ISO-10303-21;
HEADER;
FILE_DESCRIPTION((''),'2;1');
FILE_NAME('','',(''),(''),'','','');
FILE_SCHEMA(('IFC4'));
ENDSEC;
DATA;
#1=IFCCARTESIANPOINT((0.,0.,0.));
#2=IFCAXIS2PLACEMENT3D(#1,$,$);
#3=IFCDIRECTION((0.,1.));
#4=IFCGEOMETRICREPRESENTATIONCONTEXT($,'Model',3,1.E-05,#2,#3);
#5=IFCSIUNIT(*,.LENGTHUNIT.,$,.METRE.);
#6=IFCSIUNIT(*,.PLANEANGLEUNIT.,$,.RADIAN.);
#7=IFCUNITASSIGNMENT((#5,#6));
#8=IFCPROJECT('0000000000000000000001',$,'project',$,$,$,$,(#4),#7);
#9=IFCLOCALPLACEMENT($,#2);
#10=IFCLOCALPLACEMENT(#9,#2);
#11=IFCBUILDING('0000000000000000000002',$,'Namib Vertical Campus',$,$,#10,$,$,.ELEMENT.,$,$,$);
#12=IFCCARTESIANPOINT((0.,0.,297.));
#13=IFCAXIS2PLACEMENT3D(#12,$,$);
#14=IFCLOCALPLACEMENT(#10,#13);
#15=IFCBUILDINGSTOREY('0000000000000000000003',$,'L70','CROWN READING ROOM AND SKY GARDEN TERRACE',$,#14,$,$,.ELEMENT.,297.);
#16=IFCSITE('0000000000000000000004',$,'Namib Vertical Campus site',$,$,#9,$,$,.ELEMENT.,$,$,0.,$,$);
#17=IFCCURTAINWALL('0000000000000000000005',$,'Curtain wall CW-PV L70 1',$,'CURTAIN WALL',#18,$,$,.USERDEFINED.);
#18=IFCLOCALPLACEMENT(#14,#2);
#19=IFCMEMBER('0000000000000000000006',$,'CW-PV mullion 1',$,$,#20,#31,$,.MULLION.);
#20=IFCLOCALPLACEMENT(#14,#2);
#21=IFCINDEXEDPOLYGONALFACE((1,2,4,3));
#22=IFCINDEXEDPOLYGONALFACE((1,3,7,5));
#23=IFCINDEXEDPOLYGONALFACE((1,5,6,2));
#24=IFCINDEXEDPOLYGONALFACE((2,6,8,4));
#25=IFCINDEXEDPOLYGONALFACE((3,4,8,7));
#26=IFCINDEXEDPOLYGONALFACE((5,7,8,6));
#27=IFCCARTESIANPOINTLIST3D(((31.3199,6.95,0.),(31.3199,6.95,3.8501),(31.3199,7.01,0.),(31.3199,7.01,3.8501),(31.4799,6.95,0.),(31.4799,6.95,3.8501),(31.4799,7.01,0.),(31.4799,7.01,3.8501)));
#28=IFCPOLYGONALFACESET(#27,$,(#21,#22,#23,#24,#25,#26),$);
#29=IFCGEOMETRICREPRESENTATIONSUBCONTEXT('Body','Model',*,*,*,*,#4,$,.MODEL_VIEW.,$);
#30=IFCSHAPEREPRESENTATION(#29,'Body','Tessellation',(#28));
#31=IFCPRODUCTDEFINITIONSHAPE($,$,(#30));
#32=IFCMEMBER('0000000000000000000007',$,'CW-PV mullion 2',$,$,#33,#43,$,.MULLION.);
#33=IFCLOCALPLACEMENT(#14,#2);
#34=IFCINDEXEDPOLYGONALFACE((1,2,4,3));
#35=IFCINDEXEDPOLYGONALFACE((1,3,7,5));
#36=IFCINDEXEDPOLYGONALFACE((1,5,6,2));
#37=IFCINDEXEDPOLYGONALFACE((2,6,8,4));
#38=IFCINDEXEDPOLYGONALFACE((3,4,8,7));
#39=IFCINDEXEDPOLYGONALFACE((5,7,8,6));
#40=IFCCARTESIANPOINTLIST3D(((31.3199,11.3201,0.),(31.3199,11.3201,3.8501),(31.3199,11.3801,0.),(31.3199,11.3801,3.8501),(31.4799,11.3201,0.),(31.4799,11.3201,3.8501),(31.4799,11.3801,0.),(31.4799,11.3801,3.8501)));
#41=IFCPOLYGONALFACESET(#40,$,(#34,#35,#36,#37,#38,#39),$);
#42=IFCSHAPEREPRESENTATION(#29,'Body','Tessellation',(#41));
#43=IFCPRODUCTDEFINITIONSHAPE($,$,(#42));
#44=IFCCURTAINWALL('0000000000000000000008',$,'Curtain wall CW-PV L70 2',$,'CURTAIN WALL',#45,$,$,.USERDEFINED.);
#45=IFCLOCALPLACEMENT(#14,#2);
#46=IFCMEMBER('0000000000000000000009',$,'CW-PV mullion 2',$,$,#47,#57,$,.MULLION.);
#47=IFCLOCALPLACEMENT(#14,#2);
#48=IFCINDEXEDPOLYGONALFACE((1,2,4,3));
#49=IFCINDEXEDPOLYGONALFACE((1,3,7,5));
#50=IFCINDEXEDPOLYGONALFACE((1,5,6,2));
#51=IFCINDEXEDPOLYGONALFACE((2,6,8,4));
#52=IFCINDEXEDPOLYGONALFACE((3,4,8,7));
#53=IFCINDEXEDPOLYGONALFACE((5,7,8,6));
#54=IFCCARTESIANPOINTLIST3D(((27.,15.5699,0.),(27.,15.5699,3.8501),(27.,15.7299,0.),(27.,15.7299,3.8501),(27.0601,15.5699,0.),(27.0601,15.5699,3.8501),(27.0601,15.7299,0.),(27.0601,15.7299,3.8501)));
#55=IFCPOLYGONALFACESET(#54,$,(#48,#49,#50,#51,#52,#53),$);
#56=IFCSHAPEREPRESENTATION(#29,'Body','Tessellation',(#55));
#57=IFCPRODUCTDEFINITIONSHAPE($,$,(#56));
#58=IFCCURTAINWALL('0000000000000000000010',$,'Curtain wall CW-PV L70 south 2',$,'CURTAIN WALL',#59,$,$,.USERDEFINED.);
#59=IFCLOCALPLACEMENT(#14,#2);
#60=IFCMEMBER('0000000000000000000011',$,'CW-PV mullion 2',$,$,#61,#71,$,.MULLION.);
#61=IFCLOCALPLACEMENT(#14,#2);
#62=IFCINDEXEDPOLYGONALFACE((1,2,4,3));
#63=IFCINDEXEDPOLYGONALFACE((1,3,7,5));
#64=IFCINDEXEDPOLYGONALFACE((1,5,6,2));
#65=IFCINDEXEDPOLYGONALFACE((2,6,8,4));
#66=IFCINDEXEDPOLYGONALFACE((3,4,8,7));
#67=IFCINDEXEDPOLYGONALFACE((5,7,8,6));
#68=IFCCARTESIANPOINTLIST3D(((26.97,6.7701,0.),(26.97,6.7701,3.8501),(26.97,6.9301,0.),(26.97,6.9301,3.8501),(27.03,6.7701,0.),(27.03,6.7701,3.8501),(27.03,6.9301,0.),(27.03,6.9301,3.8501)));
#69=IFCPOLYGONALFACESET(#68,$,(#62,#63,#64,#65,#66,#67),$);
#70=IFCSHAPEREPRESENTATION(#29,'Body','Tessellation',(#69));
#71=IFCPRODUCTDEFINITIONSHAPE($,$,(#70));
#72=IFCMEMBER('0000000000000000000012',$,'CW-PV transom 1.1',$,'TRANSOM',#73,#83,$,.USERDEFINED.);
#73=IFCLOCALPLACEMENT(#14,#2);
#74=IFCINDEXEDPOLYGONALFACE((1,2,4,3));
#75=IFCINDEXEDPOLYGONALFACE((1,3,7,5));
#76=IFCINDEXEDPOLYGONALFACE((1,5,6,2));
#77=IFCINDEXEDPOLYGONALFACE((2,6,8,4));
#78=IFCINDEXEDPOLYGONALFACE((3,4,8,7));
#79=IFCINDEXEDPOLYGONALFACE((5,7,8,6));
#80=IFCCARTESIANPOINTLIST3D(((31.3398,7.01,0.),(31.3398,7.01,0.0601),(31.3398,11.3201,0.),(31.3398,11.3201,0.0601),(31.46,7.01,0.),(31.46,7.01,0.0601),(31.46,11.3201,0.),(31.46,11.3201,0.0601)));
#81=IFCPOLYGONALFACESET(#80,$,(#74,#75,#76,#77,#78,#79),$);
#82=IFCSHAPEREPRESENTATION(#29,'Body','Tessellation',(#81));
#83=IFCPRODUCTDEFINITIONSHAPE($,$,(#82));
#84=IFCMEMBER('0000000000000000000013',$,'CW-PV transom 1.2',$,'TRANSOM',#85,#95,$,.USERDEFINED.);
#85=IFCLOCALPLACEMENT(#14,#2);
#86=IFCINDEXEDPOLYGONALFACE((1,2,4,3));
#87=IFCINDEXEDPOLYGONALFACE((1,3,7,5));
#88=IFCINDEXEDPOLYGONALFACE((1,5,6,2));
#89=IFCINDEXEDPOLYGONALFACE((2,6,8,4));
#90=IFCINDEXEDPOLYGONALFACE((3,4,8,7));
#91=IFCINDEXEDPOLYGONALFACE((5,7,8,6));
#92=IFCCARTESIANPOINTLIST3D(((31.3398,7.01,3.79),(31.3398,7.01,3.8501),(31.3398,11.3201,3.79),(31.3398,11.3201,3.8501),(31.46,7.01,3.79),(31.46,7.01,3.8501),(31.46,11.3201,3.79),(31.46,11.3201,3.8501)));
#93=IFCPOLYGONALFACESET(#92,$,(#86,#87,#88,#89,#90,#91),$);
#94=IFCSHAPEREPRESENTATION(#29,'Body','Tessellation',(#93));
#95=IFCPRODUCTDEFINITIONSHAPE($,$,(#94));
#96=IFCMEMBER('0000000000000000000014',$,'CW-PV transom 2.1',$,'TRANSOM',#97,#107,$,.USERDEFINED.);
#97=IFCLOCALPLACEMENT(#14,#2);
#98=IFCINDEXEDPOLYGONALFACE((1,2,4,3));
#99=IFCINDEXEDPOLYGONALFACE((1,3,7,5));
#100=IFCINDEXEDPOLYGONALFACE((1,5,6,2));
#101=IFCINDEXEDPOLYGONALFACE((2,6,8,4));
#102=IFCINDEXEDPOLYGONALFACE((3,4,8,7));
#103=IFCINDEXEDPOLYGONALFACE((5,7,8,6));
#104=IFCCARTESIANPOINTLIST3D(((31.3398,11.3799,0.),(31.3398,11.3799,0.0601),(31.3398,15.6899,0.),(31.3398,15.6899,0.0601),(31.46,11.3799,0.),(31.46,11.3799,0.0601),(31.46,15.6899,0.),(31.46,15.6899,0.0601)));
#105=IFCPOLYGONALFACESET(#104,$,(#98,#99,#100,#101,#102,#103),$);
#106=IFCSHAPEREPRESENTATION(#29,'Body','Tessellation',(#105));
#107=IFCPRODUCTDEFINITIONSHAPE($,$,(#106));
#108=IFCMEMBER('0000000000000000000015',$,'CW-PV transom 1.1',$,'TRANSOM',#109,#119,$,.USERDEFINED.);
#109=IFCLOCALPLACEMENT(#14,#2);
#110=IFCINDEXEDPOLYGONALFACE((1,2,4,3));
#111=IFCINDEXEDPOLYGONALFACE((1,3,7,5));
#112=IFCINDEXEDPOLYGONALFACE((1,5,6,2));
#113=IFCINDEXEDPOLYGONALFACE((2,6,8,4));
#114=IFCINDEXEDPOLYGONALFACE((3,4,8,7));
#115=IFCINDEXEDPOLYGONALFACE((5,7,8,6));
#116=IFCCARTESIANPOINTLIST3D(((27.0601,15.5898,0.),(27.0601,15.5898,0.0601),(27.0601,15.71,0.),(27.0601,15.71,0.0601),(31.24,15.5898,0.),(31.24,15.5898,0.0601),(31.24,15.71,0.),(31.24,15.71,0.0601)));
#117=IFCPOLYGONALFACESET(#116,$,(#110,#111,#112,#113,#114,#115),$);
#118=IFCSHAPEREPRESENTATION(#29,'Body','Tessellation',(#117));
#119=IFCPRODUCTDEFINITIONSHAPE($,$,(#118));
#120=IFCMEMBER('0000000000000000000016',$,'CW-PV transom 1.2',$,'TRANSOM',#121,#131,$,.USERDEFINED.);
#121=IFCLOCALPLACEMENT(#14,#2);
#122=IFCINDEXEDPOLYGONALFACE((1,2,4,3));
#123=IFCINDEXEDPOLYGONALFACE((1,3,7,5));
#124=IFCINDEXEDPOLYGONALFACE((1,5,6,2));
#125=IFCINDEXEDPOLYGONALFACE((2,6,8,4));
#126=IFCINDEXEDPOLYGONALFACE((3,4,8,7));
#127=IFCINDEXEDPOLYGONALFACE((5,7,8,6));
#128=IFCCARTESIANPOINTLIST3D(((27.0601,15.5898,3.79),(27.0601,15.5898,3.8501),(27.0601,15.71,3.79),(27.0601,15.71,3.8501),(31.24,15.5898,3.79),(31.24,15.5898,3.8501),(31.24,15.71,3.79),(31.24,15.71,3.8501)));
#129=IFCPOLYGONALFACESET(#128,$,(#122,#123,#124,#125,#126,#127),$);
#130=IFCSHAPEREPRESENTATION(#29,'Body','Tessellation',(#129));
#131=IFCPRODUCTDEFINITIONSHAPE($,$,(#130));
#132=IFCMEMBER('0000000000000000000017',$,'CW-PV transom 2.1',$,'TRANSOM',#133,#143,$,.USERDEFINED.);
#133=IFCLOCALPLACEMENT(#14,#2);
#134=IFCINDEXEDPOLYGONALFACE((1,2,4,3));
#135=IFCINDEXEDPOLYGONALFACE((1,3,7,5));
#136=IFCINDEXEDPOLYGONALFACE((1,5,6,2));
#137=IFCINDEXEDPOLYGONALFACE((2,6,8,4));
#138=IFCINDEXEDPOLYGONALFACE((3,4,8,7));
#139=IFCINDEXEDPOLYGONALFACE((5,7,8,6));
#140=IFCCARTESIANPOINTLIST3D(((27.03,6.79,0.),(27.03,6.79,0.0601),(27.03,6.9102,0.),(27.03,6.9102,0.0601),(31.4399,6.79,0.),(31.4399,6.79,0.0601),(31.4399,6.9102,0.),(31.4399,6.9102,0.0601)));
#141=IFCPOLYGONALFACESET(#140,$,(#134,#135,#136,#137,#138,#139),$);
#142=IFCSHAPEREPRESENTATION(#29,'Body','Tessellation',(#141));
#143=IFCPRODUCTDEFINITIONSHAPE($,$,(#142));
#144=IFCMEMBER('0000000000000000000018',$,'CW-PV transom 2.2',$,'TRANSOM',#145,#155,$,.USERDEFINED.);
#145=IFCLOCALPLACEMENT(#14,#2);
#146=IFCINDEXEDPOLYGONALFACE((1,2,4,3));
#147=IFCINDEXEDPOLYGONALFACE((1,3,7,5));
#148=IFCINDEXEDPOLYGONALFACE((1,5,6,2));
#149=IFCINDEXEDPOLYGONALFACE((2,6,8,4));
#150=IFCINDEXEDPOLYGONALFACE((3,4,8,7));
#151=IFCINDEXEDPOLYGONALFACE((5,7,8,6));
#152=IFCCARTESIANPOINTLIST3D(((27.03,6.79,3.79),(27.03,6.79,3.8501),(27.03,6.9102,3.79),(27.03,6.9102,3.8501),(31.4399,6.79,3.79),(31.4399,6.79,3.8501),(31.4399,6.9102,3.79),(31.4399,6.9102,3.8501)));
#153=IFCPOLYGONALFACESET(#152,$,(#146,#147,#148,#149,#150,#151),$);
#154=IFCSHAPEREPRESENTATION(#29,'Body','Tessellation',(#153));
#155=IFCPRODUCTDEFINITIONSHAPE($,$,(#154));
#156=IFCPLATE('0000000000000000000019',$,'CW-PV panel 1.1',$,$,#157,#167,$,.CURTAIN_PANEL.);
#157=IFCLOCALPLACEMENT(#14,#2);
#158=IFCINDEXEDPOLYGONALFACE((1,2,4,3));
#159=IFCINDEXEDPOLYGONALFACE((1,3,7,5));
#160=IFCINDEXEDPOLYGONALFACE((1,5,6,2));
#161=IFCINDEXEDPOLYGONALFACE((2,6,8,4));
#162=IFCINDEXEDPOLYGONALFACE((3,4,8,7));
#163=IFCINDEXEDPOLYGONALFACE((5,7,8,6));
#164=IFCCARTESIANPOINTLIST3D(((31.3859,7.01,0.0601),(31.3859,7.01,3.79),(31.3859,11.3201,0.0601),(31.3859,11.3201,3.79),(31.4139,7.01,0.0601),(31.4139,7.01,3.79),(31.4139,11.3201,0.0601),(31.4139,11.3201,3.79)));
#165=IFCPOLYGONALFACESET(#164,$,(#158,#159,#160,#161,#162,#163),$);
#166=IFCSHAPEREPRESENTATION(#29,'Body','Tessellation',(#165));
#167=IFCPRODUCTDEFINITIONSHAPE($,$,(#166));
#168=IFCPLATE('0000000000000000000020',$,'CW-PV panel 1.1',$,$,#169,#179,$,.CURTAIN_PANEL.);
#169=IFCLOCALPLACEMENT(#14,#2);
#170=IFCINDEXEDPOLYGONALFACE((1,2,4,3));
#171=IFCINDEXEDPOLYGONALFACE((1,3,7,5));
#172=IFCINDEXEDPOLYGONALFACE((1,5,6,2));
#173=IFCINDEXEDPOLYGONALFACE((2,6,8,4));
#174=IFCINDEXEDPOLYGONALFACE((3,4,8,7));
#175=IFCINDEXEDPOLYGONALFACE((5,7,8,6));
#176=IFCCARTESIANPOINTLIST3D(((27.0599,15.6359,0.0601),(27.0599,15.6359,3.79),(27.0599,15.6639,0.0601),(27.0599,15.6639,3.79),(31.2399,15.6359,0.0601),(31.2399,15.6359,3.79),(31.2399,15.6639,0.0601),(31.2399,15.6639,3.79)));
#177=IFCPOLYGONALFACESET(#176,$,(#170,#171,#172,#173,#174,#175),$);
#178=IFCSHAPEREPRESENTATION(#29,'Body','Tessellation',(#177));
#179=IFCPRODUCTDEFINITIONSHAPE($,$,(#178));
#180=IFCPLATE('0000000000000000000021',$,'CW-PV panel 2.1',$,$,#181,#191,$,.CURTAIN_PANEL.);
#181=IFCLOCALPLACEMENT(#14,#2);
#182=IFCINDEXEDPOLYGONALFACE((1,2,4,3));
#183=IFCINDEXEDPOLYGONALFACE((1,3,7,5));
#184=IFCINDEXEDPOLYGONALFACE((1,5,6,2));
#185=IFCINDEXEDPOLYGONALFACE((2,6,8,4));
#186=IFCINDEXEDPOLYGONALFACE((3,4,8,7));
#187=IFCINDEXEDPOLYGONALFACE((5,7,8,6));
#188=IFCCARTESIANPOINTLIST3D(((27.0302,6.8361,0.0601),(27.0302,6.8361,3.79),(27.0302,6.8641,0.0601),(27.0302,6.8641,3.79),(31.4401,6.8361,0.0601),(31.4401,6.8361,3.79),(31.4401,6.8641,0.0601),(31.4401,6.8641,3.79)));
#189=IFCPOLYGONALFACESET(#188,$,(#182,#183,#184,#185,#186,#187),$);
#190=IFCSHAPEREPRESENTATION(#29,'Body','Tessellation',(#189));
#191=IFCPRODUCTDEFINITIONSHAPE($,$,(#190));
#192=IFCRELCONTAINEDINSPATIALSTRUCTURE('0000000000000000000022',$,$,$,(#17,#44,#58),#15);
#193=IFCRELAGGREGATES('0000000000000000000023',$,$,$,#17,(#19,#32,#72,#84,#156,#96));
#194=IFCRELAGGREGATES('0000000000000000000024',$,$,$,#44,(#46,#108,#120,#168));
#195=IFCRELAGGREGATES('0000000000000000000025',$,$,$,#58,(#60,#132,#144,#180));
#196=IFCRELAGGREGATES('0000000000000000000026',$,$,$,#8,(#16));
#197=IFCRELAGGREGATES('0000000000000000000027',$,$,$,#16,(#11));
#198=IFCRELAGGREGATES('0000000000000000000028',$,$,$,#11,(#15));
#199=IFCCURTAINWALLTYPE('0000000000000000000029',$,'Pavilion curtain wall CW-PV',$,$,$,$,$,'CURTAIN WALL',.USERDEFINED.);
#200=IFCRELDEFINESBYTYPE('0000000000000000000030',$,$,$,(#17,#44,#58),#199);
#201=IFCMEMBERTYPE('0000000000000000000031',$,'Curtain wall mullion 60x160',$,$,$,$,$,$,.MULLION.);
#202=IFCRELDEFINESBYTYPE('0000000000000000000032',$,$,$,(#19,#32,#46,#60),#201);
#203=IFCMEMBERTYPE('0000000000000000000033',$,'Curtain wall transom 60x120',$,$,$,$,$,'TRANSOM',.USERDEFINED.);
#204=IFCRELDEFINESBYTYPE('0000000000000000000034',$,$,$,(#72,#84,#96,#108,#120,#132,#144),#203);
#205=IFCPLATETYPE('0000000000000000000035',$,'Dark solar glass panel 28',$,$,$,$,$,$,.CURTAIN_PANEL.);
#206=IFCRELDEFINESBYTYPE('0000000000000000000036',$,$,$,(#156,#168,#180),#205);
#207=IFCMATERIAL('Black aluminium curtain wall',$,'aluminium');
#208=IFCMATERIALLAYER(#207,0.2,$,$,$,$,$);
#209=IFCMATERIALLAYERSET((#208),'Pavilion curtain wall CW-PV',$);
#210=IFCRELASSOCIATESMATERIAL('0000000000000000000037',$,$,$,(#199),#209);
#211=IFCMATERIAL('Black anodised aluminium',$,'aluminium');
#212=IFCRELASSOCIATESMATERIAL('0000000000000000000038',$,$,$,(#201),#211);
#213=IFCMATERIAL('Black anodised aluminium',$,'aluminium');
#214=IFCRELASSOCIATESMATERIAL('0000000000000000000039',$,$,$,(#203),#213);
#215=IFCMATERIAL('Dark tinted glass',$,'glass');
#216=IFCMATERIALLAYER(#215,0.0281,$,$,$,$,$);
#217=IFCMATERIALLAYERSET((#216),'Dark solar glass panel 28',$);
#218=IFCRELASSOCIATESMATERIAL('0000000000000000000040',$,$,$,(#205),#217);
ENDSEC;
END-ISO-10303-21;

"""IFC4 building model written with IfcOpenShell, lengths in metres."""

from ifc_helpers import new_model, si_unit, direction, frame, origin, origin_2d, place, context, subcontext, project, spatial, rectangle, extrude, material, layer, layer_set, material_profile, profile_set, type_object, element, aggregate, save


model = new_model("IFC4")

# Units and contexts
model_context = context("Model", 3, precision=1e-05, world=origin(), true_north=direction((0.0, 1.0)))
body_context = subcontext(model_context, "Body", "Model", "MODEL_VIEW")
ifc_project = project(units=[si_unit("LENGTHUNIT", "METRE"), si_unit("PLANEANGLEUNIT", "RADIAN")], contexts=[model_context])

# Site, building, storey
site_placement = place(None, origin())
site = spatial("IfcSite", under=ifc_project, at=site_placement, Name="Namib Vertical Campus site", CompositionType="ELEMENT", RefElevation=0.0)
building_placement = place(site_placement, origin())
building = spatial("IfcBuilding", under=site, at=building_placement, Name="Namib Vertical Campus", CompositionType="ELEMENT")
storey_placement = place(building_placement, frame((0.0, 0.0, 297.0)))
storey = spatial("IfcBuildingStorey", under=building, at=storey_placement, Name="L70", Description="CROWN READING ROOM AND SKY GARDEN TERRACE", CompositionType="ELEMENT", Elevation=297.0)

# Curtain wall, members
ifc_material_1 = material(Name="Black aluminium curtain wall", Category="aluminium")
ifc_layer_1 = layer(ifc_material_1, 0.2)
ifc_layer_set_1 = layer_set([ifc_layer_1], Name="Pavilion curtain wall CW-PV")
curtain_wall_type = type_object("IfcCurtainWallType", Name="Pavilion curtain wall CW-PV", ElementType="CURTAIN WALL", PredefinedType="USERDEFINED", material=ifc_layer_set_1)
curtain_wall_1_placement = place(storey_placement, origin())
curtain_wall_1 = element("IfcCurtainWall", 1, at=curtain_wall_1_placement, inside=storey, type_object=curtain_wall_type, Name="Curtain wall CW-PV L70 1", ObjectType="CURTAIN WALL", PredefinedType="USERDEFINED")
ifc_material_2 = material(Name="Black anodised aluminium", Category="aluminium")
ifc_material_profile_1 = material_profile(ifc_material_2, rectangle(XDim=0.0601, YDim=0.1599, at=origin_2d()))
ifc_profile_set_1 = profile_set([ifc_material_profile_1], Name="Black anodised aluminium")
member_type_1 = type_object("IfcMemberType", Name="Curtain wall mullion 60x160", PredefinedType="MULLION", material=ifc_profile_set_1)
member_1_placement = place(storey_placement, frame((31.3999, 6.98, 0.0), z_axis=(0.0, 0.0, 1.0), x_axis=(0.0, 1.0, 0.0)))
member_1 = element("IfcMember", 2, at=member_1_placement, type_object=member_type_1, Name="CW-PV mullion 1", PredefinedType="MULLION", context=body_context, shape_type="SweptSolid", body=[
    extrude(rectangle(XDim=0.0601, YDim=0.1599, at=origin_2d()), origin(), (0.0, 0.0, 1.0), 3.8501),
])
member_2_placement = place(storey_placement, frame((31.3999, 11.3501, 0.0), z_axis=(0.0, 0.0, 1.0), x_axis=(0.0, 1.0, 0.0)))
member_2 = element("IfcMember", 3, at=member_2_placement, type_object=member_type_1, Name="CW-PV mullion 2", PredefinedType="MULLION", context=body_context, shape_type="SweptSolid", body=[
    extrude(rectangle(XDim=0.0601, YDim=0.1599, at=origin_2d()), origin(), (0.0, 0.0, 1.0), 3.8501),
])

# Curtain walls, members
curtain_wall_2_placement = place(storey_placement, origin())
curtain_wall_2 = element("IfcCurtainWall", 4, at=curtain_wall_2_placement, inside=storey, type_object=curtain_wall_type, Name="Curtain wall CW-PV L70 2", ObjectType="CURTAIN WALL", PredefinedType="USERDEFINED")
member_3_placement = place(storey_placement, frame((27.03, 15.6499, 0.0), z_axis=(0.0, 0.0, 1.0), x_axis=(-1.0, 0.0, 0.0)))
member_3 = element("IfcMember", 5, at=member_3_placement, type_object=member_type_1, Name="CW-PV mullion 2", PredefinedType="MULLION", context=body_context, shape_type="SweptSolid", body=[
    extrude(rectangle(XDim=0.0601, YDim=0.1599, at=origin_2d()), origin(), (0.0, 0.0, 1.0), 3.8501),
])
curtain_wall_3_placement = place(storey_placement, origin())
curtain_wall_3 = element("IfcCurtainWall", 6, at=curtain_wall_3_placement, inside=storey, type_object=curtain_wall_type, Name="Curtain wall CW-PV L70 south 2", ObjectType="CURTAIN WALL", PredefinedType="USERDEFINED")
member_4_placement = place(storey_placement, frame((27.0, 6.8501, 0.0), z_axis=(0.0, 0.0, 1.0), x_axis=(1.0, 0.0, 0.0)))
member_4 = element("IfcMember", 7, at=member_4_placement, type_object=member_type_1, Name="CW-PV mullion 2", PredefinedType="MULLION", context=body_context, shape_type="SweptSolid", body=[
    extrude(rectangle(XDim=0.0601, YDim=0.1599, at=origin_2d()), origin(), (0.0, 0.0, 1.0), 3.8501),
])

# Members
ifc_material_3 = material(Name="Black anodised aluminium", Category="aluminium")
ifc_material_profile_2 = material_profile(ifc_material_3, rectangle(XDim=0.0601, YDim=0.1201, at=origin_2d()))
ifc_profile_set_2 = profile_set([ifc_material_profile_2], Name="Black anodised aluminium")
member_type_2 = type_object("IfcMemberType", Name="Curtain wall transom 60x120", ElementType="TRANSOM", PredefinedType="USERDEFINED", material=ifc_profile_set_2)
member_5_placement = place(storey_placement, frame((31.3999, 7.01, 0.03), z_axis=(0.0, 1.0, 0.0), x_axis=(0.0, 0.0, 1.0)))
member_5 = element("IfcMember", 8, at=member_5_placement, type_object=member_type_2, Name="CW-PV transom 1.1", ObjectType="TRANSOM", PredefinedType="USERDEFINED", context=body_context, shape_type="SweptSolid", body=[
    extrude(rectangle(XDim=0.0601, YDim=0.1201, at=origin_2d()), origin(), (0.0, 0.0, 1.0), 4.3101),
])
member_6_placement = place(storey_placement, frame((31.3999, 7.01, 3.8201), z_axis=(0.0, 1.0, 0.0), x_axis=(0.0, 0.0, 1.0)))
member_6 = element("IfcMember", 9, at=member_6_placement, type_object=member_type_2, Name="CW-PV transom 1.2", ObjectType="TRANSOM", PredefinedType="USERDEFINED", context=body_context, shape_type="SweptSolid", body=[
    extrude(rectangle(XDim=0.0601, YDim=0.1201, at=origin_2d()), origin(), (0.0, 0.0, 1.0), 4.3101),
])
member_7_placement = place(storey_placement, frame((31.3999, 11.3799, 0.03), z_axis=(0.0, 1.0, 0.0), x_axis=(0.0, 0.0, 1.0)))
member_7 = element("IfcMember", 10, at=member_7_placement, type_object=member_type_2, Name="CW-PV transom 2.1", ObjectType="TRANSOM", PredefinedType="USERDEFINED", context=body_context, shape_type="SweptSolid", body=[
    extrude(rectangle(XDim=0.0601, YDim=0.1201, at=origin_2d()), origin(), (0.0, 0.0, 1.0), 4.3101),
])
member_8_placement = place(storey_placement, frame((31.24, 15.6499, 0.03), z_axis=(-1.0, 0.0, 0.0), x_axis=(0.0, 0.0, 1.0)))
member_8 = element("IfcMember", 11, at=member_8_placement, type_object=member_type_2, Name="CW-PV transom 1.1", ObjectType="TRANSOM", PredefinedType="USERDEFINED", context=body_context, shape_type="SweptSolid", body=[
    extrude(rectangle(XDim=0.0601, YDim=0.1201, at=origin_2d()), origin(), (0.0, 0.0, 1.0), 4.1799),
])
member_9_placement = place(storey_placement, frame((31.24, 15.6499, 3.8201), z_axis=(-1.0, 0.0, 0.0), x_axis=(0.0, 0.0, 1.0)))
member_9 = element("IfcMember", 12, at=member_9_placement, type_object=member_type_2, Name="CW-PV transom 1.2", ObjectType="TRANSOM", PredefinedType="USERDEFINED", context=body_context, shape_type="SweptSolid", body=[
    extrude(rectangle(XDim=0.0601, YDim=0.1201, at=origin_2d()), origin(), (0.0, 0.0, 1.0), 4.1799),
])
member_10_placement = place(storey_placement, frame((27.03, 6.8501, 0.03), z_axis=(1.0, 0.0, 0.0), x_axis=(0.0, 0.0, 1.0)))
member_10 = element("IfcMember", 13, at=member_10_placement, type_object=member_type_2, Name="CW-PV transom 2.1", ObjectType="TRANSOM", PredefinedType="USERDEFINED", context=body_context, shape_type="SweptSolid", body=[
    extrude(rectangle(XDim=0.0601, YDim=0.1201, at=origin_2d()), origin(), (0.0, 0.0, 1.0), 4.4099),
])
member_11_placement = place(storey_placement, frame((27.03, 6.8501, 3.8201), z_axis=(1.0, 0.0, 0.0), x_axis=(0.0, 0.0, 1.0)))
member_11 = element("IfcMember", 14, at=member_11_placement, type_object=member_type_2, Name="CW-PV transom 2.2", ObjectType="TRANSOM", PredefinedType="USERDEFINED", context=body_context, shape_type="SweptSolid", body=[
    extrude(rectangle(XDim=0.0601, YDim=0.1201, at=origin_2d()), origin(), (0.0, 0.0, 1.0), 4.4099),
])

# Plates
ifc_material_4 = material(Name="Dark tinted glass", Category="glass")
ifc_layer_2 = layer(ifc_material_4, 0.0281)
ifc_layer_set_2 = layer_set([ifc_layer_2], Name="Dark solar glass panel 28")
plate_type = type_object("IfcPlateType", Name="Dark solar glass panel 28", PredefinedType="CURTAIN_PANEL", material=ifc_layer_set_2)
plate_1_placement = place(storey_placement, frame((31.3999, 9.165, 0.0601), z_axis=(0.0, 0.0, 1.0), x_axis=(0.0, 1.0, 0.0)))
plate_1 = element("IfcPlate", 15, at=plate_1_placement, type_object=plate_type, Name="CW-PV panel 1.1", PredefinedType="CURTAIN_PANEL", context=body_context, shape_type="SweptSolid", body=[
    extrude(rectangle(XDim=4.3101, YDim=0.0281, at=origin_2d()), origin(), (0.0, 0.0, 1.0), 3.73),
])
aggregate(curtain_wall_1, [member_1, member_2, member_5, member_6, plate_1, member_7])
plate_2_placement = place(storey_placement, frame((29.1499, 15.6499, 0.0601), z_axis=(0.0, 0.0, 1.0), x_axis=(-1.0, 0.0, 0.0)))
plate_2 = element("IfcPlate", 16, at=plate_2_placement, type_object=plate_type, Name="CW-PV panel 1.1", PredefinedType="CURTAIN_PANEL", context=body_context, shape_type="SweptSolid", body=[
    extrude(rectangle(XDim=4.1799, YDim=0.0281, at=origin_2d()), origin(), (0.0, 0.0, 1.0), 3.73),
])
aggregate(curtain_wall_2, [member_3, member_8, member_9, plate_2])
plate_3_placement = place(storey_placement, frame((29.2351, 6.8501, 0.0601), z_axis=(0.0, 0.0, 1.0), x_axis=(1.0, 0.0, 0.0)))
plate_3 = element("IfcPlate", 17, at=plate_3_placement, type_object=plate_type, Name="CW-PV panel 2.1", PredefinedType="CURTAIN_PANEL", context=body_context, shape_type="SweptSolid", body=[
    extrude(rectangle(XDim=4.4099, YDim=0.0281, at=origin_2d()), origin(), (0.0, 0.0, 1.0), 3.73),
])
aggregate(curtain_wall_3, [member_4, member_10, member_11, plate_3])

save(model, "model.ifc")
